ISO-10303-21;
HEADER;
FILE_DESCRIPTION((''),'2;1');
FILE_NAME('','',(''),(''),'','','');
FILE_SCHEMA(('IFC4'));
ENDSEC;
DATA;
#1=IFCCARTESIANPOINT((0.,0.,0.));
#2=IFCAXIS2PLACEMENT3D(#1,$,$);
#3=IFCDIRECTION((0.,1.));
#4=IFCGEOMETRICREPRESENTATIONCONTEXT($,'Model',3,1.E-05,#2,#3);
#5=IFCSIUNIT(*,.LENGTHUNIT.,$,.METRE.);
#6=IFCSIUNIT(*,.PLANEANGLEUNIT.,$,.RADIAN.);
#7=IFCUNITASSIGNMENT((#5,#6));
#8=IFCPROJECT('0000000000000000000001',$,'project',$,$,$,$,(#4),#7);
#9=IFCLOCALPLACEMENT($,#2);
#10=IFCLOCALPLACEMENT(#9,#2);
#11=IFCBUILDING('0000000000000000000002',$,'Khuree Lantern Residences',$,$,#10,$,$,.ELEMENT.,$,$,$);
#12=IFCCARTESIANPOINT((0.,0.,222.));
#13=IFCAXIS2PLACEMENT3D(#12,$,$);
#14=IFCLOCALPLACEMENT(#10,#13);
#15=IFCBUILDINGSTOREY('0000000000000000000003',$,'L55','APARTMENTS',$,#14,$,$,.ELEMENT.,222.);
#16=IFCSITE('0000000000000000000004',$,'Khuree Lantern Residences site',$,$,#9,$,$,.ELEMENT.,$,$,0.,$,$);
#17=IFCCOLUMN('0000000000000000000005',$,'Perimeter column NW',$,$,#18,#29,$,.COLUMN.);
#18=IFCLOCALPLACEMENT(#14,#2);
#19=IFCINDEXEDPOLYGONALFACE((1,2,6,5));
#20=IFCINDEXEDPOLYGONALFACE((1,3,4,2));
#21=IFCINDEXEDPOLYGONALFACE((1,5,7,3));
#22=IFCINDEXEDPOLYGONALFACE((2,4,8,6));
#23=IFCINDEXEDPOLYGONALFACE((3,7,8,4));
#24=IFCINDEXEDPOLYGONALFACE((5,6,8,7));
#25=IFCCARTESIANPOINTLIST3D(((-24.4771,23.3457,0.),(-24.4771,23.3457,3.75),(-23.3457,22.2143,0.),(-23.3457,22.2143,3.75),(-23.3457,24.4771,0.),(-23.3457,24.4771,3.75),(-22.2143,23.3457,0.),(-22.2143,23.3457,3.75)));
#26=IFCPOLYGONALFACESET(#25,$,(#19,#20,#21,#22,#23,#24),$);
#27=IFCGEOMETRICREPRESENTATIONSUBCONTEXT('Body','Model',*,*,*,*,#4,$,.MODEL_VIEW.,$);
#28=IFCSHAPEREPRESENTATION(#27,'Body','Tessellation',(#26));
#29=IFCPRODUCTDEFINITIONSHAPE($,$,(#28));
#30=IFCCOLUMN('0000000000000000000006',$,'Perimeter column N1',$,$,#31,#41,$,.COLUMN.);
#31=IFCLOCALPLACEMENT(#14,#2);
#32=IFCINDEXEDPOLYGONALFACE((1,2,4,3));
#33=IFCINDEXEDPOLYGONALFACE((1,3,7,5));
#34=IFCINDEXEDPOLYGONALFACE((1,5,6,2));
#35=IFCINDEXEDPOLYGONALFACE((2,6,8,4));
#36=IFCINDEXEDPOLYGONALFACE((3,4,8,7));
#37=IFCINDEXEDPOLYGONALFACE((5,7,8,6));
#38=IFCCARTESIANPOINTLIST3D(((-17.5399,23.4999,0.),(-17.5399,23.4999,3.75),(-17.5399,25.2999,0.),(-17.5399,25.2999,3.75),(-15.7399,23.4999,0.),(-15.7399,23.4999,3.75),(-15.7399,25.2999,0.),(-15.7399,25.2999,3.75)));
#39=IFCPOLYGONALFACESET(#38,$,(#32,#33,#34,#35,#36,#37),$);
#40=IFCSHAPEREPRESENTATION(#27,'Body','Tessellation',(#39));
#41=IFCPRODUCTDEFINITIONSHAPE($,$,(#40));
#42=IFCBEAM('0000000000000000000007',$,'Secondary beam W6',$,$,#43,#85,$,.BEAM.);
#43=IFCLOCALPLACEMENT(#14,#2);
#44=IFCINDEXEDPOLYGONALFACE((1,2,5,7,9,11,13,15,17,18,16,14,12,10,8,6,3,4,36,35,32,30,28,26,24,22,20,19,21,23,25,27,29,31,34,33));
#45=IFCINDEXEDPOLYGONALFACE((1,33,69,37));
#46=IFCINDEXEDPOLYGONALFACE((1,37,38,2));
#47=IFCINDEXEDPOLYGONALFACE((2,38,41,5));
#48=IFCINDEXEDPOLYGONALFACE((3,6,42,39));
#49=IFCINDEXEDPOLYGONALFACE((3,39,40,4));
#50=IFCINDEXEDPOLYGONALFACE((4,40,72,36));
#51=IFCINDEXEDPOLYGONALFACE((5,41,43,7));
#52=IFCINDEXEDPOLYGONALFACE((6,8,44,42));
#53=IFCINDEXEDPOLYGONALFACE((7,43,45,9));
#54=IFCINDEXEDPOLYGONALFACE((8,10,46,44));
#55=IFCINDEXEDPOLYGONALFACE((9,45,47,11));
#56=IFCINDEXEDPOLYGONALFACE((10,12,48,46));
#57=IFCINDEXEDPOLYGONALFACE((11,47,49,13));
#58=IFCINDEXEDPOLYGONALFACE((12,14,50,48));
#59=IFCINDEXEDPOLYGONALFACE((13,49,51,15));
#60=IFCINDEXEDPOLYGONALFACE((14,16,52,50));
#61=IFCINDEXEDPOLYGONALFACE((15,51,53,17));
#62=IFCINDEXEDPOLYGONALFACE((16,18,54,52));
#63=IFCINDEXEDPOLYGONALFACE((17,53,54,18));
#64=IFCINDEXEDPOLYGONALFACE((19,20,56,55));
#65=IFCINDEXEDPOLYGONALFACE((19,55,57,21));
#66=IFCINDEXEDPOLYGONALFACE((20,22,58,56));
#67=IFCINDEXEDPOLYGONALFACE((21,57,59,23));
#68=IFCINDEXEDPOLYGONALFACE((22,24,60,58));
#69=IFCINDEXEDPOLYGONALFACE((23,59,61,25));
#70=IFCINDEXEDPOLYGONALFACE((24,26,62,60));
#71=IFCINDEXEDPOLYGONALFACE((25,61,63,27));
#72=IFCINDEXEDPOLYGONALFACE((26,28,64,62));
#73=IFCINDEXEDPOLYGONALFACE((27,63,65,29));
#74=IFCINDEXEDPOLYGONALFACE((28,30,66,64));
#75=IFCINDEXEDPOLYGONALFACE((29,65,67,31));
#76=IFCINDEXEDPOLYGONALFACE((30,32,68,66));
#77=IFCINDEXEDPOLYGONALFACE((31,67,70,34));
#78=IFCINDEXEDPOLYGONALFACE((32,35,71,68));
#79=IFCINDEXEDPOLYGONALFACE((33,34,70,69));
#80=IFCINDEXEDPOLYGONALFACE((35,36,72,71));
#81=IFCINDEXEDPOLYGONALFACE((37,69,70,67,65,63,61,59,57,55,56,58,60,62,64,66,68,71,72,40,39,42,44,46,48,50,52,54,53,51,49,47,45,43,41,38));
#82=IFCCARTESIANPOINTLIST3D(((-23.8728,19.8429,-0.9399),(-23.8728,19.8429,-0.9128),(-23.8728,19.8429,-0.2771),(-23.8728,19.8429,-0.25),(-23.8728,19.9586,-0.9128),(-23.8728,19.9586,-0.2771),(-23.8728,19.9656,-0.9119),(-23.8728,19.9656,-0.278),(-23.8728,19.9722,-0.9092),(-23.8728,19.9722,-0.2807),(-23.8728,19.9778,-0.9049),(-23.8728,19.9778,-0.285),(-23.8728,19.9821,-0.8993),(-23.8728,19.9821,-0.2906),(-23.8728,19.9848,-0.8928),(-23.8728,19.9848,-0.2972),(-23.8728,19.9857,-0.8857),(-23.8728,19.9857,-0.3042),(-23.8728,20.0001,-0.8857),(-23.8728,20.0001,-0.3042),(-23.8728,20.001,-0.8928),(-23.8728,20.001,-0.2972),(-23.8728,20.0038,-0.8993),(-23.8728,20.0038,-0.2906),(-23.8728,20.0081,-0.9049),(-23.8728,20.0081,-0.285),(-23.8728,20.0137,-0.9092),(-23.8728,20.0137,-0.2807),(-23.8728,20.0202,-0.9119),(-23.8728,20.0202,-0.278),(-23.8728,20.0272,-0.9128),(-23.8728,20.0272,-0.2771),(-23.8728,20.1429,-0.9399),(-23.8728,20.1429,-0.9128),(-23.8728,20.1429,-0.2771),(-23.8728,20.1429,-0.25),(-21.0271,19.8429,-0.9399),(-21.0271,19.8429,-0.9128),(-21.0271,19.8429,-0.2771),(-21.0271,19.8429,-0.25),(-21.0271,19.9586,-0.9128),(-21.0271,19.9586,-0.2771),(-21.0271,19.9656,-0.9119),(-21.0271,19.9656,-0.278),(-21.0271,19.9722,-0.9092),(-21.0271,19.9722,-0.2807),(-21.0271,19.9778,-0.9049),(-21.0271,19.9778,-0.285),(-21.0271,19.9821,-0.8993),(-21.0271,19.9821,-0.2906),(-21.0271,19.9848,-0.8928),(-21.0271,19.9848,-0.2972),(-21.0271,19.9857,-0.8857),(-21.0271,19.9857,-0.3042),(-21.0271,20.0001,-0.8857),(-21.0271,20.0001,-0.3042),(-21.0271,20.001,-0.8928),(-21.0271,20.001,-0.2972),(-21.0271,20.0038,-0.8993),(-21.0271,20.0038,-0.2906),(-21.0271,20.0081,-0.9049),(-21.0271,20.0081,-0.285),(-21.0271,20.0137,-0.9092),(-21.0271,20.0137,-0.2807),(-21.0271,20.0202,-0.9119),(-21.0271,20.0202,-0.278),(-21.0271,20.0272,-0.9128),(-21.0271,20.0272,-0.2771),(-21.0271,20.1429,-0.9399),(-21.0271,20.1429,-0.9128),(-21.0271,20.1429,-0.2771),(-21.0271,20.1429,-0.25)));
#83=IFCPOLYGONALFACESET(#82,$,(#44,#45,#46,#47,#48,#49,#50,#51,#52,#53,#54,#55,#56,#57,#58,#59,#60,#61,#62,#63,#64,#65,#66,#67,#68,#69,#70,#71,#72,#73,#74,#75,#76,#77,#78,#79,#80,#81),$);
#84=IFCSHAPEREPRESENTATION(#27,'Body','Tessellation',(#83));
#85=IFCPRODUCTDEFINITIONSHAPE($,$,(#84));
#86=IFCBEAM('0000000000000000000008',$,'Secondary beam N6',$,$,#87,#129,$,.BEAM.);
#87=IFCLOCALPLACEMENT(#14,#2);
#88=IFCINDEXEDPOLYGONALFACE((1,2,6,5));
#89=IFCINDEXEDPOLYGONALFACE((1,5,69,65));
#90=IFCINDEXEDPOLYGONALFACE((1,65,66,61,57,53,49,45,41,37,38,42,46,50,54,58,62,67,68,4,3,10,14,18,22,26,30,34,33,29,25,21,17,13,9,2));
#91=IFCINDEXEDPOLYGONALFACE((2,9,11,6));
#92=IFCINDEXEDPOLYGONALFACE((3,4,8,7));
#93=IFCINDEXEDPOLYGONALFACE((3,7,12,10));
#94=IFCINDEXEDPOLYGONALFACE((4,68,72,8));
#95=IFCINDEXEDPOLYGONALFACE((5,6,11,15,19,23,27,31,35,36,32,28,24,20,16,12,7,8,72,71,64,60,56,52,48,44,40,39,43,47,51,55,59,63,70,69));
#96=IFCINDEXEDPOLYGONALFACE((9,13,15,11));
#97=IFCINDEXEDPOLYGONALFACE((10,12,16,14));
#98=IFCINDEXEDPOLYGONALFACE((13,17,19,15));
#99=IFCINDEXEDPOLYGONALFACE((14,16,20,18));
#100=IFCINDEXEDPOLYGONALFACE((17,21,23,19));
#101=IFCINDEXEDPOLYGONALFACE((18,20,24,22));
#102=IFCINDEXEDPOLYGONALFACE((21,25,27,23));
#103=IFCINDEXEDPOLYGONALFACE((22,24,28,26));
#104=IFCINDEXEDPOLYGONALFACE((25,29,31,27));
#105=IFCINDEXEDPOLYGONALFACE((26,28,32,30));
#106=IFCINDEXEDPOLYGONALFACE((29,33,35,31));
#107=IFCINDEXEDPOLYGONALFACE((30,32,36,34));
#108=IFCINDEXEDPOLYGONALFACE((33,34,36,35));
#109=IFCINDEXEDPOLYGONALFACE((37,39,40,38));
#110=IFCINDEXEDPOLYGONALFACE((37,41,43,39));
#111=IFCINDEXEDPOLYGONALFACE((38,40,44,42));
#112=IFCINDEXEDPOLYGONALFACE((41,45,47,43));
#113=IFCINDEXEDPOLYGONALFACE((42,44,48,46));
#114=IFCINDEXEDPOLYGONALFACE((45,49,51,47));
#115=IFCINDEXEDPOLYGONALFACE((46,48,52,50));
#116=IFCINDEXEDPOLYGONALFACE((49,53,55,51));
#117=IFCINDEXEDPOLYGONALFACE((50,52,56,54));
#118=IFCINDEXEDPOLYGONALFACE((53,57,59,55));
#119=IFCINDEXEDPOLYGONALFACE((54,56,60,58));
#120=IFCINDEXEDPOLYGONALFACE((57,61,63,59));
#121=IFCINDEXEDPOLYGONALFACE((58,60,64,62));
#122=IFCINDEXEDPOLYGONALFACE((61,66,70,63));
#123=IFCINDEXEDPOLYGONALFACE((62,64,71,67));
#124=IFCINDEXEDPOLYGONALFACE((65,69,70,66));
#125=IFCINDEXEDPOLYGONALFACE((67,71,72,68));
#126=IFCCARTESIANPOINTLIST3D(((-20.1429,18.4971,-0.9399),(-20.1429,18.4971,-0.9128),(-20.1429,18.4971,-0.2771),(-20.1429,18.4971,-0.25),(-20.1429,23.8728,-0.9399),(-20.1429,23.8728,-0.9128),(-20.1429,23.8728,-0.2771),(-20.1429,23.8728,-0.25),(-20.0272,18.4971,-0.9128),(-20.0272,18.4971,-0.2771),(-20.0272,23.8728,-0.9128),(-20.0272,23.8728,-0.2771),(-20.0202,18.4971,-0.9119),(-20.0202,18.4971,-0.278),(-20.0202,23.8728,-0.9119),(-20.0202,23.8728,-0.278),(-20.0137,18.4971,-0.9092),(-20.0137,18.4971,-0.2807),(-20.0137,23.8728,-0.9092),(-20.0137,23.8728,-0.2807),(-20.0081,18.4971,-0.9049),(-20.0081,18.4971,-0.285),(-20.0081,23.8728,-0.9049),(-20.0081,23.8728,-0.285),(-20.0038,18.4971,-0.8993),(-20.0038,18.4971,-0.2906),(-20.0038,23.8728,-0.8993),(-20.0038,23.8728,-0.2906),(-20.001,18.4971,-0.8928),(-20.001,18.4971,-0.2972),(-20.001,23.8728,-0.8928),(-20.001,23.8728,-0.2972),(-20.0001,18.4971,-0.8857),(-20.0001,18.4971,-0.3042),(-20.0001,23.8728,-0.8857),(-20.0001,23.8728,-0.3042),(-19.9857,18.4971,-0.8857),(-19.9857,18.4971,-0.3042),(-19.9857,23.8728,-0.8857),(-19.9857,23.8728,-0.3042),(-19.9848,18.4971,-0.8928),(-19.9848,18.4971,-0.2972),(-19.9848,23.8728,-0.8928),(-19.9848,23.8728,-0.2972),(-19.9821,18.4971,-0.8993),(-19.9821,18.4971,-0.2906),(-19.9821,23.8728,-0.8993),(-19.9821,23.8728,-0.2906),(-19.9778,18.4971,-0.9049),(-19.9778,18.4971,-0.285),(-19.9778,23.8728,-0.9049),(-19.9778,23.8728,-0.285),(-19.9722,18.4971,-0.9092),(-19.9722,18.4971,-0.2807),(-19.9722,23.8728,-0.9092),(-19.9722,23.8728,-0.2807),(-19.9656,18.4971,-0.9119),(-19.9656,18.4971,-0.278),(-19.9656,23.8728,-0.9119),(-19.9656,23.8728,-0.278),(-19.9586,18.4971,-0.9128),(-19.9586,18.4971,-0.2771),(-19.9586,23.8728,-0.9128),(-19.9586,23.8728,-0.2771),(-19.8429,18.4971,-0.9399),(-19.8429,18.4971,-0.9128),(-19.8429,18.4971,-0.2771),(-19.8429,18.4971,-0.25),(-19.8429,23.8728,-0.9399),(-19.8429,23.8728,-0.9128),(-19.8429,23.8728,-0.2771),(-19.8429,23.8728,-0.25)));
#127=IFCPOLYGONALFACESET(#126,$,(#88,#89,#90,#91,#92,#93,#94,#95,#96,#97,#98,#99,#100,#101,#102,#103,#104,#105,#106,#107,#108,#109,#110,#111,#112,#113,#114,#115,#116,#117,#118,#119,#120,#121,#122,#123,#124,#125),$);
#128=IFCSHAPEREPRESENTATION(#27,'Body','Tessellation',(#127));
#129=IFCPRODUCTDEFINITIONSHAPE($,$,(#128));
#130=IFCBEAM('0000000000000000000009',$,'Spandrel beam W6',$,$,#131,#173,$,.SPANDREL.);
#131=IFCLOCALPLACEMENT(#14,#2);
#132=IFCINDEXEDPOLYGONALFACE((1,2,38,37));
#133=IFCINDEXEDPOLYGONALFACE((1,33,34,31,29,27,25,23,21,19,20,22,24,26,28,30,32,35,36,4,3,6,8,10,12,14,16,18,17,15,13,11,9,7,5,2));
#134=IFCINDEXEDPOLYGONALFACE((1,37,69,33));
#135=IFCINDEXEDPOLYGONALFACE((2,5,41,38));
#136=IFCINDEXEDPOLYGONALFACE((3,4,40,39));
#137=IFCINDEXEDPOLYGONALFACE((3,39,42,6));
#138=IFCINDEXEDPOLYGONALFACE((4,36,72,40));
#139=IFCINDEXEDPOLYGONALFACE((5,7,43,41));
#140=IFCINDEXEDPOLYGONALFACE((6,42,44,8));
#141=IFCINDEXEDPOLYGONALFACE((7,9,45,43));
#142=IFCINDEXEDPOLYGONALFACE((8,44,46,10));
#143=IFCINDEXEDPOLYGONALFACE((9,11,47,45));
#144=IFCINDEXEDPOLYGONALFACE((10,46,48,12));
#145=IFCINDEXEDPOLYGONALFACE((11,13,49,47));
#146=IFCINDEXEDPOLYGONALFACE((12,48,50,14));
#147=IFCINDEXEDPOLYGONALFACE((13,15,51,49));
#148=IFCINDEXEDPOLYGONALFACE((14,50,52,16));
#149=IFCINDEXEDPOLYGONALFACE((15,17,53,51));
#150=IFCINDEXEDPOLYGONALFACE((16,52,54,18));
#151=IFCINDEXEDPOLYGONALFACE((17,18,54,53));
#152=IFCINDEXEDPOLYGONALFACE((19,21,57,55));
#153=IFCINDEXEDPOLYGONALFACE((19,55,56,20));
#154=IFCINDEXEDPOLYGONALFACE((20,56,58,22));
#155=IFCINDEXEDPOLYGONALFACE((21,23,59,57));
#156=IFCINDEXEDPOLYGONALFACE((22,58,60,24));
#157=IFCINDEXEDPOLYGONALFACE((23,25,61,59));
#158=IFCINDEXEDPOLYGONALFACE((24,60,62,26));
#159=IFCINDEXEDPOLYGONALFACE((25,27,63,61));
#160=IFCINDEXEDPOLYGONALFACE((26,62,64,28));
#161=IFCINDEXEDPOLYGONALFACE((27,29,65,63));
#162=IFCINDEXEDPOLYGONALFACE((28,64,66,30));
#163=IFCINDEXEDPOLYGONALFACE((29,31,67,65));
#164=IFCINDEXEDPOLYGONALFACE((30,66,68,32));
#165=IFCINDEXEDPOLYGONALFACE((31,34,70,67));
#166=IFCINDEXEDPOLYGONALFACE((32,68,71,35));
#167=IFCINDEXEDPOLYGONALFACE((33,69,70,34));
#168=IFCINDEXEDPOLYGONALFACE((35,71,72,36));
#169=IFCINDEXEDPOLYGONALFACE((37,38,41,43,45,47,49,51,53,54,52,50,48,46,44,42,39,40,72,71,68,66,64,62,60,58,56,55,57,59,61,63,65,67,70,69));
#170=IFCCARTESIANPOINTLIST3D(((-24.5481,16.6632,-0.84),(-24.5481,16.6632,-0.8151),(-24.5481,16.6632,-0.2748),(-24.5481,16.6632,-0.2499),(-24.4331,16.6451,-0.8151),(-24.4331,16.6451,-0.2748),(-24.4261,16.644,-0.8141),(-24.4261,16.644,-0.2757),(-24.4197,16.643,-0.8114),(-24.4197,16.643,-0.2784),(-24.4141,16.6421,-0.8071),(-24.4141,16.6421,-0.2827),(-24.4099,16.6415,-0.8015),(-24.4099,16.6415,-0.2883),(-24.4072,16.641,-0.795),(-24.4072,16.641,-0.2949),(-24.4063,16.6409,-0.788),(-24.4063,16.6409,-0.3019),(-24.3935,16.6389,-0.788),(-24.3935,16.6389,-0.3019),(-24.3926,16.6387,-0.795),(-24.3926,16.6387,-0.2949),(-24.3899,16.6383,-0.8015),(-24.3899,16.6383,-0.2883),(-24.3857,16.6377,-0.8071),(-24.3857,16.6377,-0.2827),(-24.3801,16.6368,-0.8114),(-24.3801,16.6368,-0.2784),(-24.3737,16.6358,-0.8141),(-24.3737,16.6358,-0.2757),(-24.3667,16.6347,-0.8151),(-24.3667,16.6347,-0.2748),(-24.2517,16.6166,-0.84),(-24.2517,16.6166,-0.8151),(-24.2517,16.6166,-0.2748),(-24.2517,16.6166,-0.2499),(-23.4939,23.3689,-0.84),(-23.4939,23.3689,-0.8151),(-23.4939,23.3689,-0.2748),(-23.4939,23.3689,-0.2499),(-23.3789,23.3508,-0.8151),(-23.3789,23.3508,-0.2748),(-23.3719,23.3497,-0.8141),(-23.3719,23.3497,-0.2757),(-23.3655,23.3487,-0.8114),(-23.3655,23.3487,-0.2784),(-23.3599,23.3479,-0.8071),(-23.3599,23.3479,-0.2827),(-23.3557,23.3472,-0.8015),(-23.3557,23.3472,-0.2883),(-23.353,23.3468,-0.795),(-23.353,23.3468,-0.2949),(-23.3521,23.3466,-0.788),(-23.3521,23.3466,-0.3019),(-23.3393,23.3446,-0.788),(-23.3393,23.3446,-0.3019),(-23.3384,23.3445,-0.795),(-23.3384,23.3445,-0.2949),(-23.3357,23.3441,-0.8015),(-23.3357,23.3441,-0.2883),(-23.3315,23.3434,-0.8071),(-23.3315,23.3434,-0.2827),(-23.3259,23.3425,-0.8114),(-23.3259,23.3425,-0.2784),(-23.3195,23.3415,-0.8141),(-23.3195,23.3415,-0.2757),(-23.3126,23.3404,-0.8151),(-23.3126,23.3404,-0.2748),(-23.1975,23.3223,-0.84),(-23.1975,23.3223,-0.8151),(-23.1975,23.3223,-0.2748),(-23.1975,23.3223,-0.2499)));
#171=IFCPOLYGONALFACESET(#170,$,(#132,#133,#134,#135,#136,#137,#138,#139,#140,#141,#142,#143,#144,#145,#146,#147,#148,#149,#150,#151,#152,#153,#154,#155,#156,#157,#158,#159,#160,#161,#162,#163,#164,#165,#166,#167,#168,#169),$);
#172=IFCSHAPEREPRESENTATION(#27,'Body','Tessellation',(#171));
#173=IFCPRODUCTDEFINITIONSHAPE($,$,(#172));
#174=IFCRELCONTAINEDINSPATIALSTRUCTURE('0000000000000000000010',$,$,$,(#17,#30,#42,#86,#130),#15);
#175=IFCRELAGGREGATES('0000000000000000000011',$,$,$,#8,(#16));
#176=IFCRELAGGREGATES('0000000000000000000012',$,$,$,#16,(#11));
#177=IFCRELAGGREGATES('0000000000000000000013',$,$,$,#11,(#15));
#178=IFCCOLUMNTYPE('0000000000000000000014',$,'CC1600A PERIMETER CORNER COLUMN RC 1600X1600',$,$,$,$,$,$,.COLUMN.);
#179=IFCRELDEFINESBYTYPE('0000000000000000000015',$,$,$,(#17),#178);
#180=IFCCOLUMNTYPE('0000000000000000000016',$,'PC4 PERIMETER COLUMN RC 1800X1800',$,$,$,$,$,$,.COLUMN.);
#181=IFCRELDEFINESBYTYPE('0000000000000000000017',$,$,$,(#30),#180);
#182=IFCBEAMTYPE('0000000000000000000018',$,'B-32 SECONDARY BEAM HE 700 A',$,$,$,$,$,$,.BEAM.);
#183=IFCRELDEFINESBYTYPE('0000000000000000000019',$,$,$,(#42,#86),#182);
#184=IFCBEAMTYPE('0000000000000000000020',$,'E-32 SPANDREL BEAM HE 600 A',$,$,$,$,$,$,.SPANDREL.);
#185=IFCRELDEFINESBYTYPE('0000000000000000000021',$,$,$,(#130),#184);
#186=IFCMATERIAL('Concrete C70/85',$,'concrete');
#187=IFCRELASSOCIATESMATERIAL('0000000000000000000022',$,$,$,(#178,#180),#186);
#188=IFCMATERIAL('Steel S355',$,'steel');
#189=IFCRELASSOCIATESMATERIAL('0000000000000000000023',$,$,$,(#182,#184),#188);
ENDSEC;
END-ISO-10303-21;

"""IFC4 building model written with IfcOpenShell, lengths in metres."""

from ifc_helpers import new_model, si_unit, direction, frame, origin, origin_2d, place, context, subcontext, project, spatial, rectangle, i_section, extrude, material, material_profile, profile_set, type_object, element, save


model = new_model("IFC4")

# Units and contexts
model_context = context("Model", 3, precision=1e-05, world=origin(), true_north=direction((0.0, 1.0)))
body_context = subcontext(model_context, "Body", "Model", "MODEL_VIEW")
ifc_project = project(units=[si_unit("LENGTHUNIT", "METRE"), si_unit("PLANEANGLEUNIT", "RADIAN")], contexts=[model_context])

# Site, building, storey
site_placement = place(None, origin())
site = spatial("IfcSite", under=ifc_project, at=site_placement, Name="Khuree Lantern Residences site", CompositionType="ELEMENT", RefElevation=0.0)
building_placement = place(site_placement, origin())
building = spatial("IfcBuilding", under=site, at=building_placement, Name="Khuree Lantern Residences", CompositionType="ELEMENT")
storey_placement = place(building_placement, frame((0.0, 0.0, 222.0)))
storey = spatial("IfcBuildingStorey", under=building, at=storey_placement, Name="L55", Description="APARTMENTS", CompositionType="ELEMENT", Elevation=222.0)

# Columns
ifc_material_1 = material(Name="Concrete C70/85", Category="concrete")
ifc_material_profile_1 = material_profile(ifc_material_1, rectangle(XDim=1.6001, YDim=1.6001, at=origin_2d()), Name="RC 1600X1600")
ifc_profile_set_1 = profile_set([ifc_material_profile_1], Name="Concrete C70/85")
column_type_1 = type_object("IfcColumnType", Name="CC1600A PERIMETER CORNER COLUMN RC 1600X1600", PredefinedType="COLUMN", material=ifc_profile_set_1)
column_1_placement = place(storey_placement, frame((-23.3457, 23.3457, 0.0), z_axis=(0.0, 0.0, 1.0), x_axis=(0.707107, 0.707107, 0.0)))
element("IfcColumn", 1, at=column_1_placement, inside=storey, type_object=column_type_1, Name="Perimeter column NW", PredefinedType="COLUMN", context=body_context, shape_type="SweptSolid", body=[
    extrude(rectangle(XDim=1.6001, YDim=1.6001, at=origin_2d()), origin(), (0.0, 0.0, 1.0), 3.75),
])
ifc_material_profile_2 = material_profile(ifc_material_1, rectangle(XDim=1.8, YDim=1.8, at=origin_2d()), Name="RC 1800X1800")
ifc_profile_set_2 = profile_set([ifc_material_profile_2], Name="Concrete C70/85")
column_type_2 = type_object("IfcColumnType", Name="PC4 PERIMETER COLUMN RC 1800X1800", PredefinedType="COLUMN", material=ifc_profile_set_2)
column_2_placement = place(storey_placement, frame((-16.6399, 24.3999, 0.0), z_axis=(0.0, 0.0, 1.0), x_axis=(1.0, 0.0, 0.0)))
element("IfcColumn", 2, at=column_2_placement, inside=storey, type_object=column_type_2, Name="Perimeter column N1", PredefinedType="COLUMN", context=body_context, shape_type="SweptSolid", body=[
    extrude(rectangle(XDim=1.8, YDim=1.8, at=origin_2d()), origin(), (0.0, 0.0, 1.0), 3.75),
])

# Beams
ifc_material_2 = material(Name="Steel S355", Category="steel")
ifc_material_profile_3 = material_profile(ifc_material_2, i_section(OverallWidth=0.3, OverallDepth=0.6899, WebThickness=0.0144, FlangeThickness=0.0271, FilletRadius=0.0271, at=origin_2d()), Name="HE 700 A")
ifc_profile_set_3 = profile_set([ifc_material_profile_3], Name="Steel S355")
beam_type_1 = type_object("IfcBeamType", Name="B-32 SECONDARY BEAM HE 700 A", PredefinedType="BEAM", material=ifc_profile_set_3)
beam_1_placement = place(storey_placement, frame((-23.8728, 19.9929, -0.595), z_axis=(1.0, 0.0, 0.0), x_axis=(0.0, 1.0, 0.0)))
element("IfcBeam", 3, at=beam_1_placement, inside=storey, type_object=beam_type_1, Name="Secondary beam W6", PredefinedType="BEAM", context=body_context, shape_type="SweptSolid", body=[
    extrude(i_section(OverallWidth=0.3, OverallDepth=0.6899, WebThickness=0.0144, FlangeThickness=0.0271, FilletRadius=0.0271, at=origin_2d()), origin(), (0.0, 0.0, 1.0), 2.8457),
])
beam_2_placement = place(storey_placement, frame((-19.9929, 23.8728, -0.595), z_axis=(0.0, -1.0, 0.0), x_axis=(1.0, 0.0, 0.0)))
element("IfcBeam", 4, at=beam_2_placement, inside=storey, type_object=beam_type_1, Name="Secondary beam N6", PredefinedType="BEAM", context=body_context, shape_type="SweptSolid", body=[
    extrude(i_section(OverallWidth=0.3, OverallDepth=0.6899, WebThickness=0.0144, FlangeThickness=0.0271, FilletRadius=0.0271, at=origin_2d()), origin(), (0.0, 0.0, 1.0), 5.3757),
])
ifc_material_profile_4 = material_profile(ifc_material_2, i_section(OverallWidth=0.3, OverallDepth=0.5901, WebThickness=0.0129, FlangeThickness=0.0249, FilletRadius=0.0271, at=origin_2d()), Name="HE 600 A")
ifc_profile_set_4 = profile_set([ifc_material_profile_4], Name="Steel S355")
beam_type_2 = type_object("IfcBeamType", Name="E-32 SPANDREL BEAM HE 600 A", PredefinedType="SPANDREL", material=ifc_profile_set_4)
for number, where, z_axis, x_axis, name in (
    (5, (-24.3999, 16.6399, -0.5449), (0.1553, 0.987867, 0.0), (-0.987867, 0.1553, 0.0), "Spandrel beam W6"),
):
    element("IfcBeam", number, at=place(storey_placement, frame(where, z_axis=z_axis, x_axis=x_axis)), inside=storey, type_object=beam_type_2, Name=name, PredefinedType="SPANDREL", context=body_context, shape_type="SweptSolid", body=[
        extrude(i_section(OverallWidth=0.3, OverallDepth=0.5901, WebThickness=0.0129, FlangeThickness=0.0249, FilletRadius=0.0271, at=origin_2d()), origin(), (0.0, 0.0, 1.0), 6.7881),
    ])

save(model, "model.ifc")
